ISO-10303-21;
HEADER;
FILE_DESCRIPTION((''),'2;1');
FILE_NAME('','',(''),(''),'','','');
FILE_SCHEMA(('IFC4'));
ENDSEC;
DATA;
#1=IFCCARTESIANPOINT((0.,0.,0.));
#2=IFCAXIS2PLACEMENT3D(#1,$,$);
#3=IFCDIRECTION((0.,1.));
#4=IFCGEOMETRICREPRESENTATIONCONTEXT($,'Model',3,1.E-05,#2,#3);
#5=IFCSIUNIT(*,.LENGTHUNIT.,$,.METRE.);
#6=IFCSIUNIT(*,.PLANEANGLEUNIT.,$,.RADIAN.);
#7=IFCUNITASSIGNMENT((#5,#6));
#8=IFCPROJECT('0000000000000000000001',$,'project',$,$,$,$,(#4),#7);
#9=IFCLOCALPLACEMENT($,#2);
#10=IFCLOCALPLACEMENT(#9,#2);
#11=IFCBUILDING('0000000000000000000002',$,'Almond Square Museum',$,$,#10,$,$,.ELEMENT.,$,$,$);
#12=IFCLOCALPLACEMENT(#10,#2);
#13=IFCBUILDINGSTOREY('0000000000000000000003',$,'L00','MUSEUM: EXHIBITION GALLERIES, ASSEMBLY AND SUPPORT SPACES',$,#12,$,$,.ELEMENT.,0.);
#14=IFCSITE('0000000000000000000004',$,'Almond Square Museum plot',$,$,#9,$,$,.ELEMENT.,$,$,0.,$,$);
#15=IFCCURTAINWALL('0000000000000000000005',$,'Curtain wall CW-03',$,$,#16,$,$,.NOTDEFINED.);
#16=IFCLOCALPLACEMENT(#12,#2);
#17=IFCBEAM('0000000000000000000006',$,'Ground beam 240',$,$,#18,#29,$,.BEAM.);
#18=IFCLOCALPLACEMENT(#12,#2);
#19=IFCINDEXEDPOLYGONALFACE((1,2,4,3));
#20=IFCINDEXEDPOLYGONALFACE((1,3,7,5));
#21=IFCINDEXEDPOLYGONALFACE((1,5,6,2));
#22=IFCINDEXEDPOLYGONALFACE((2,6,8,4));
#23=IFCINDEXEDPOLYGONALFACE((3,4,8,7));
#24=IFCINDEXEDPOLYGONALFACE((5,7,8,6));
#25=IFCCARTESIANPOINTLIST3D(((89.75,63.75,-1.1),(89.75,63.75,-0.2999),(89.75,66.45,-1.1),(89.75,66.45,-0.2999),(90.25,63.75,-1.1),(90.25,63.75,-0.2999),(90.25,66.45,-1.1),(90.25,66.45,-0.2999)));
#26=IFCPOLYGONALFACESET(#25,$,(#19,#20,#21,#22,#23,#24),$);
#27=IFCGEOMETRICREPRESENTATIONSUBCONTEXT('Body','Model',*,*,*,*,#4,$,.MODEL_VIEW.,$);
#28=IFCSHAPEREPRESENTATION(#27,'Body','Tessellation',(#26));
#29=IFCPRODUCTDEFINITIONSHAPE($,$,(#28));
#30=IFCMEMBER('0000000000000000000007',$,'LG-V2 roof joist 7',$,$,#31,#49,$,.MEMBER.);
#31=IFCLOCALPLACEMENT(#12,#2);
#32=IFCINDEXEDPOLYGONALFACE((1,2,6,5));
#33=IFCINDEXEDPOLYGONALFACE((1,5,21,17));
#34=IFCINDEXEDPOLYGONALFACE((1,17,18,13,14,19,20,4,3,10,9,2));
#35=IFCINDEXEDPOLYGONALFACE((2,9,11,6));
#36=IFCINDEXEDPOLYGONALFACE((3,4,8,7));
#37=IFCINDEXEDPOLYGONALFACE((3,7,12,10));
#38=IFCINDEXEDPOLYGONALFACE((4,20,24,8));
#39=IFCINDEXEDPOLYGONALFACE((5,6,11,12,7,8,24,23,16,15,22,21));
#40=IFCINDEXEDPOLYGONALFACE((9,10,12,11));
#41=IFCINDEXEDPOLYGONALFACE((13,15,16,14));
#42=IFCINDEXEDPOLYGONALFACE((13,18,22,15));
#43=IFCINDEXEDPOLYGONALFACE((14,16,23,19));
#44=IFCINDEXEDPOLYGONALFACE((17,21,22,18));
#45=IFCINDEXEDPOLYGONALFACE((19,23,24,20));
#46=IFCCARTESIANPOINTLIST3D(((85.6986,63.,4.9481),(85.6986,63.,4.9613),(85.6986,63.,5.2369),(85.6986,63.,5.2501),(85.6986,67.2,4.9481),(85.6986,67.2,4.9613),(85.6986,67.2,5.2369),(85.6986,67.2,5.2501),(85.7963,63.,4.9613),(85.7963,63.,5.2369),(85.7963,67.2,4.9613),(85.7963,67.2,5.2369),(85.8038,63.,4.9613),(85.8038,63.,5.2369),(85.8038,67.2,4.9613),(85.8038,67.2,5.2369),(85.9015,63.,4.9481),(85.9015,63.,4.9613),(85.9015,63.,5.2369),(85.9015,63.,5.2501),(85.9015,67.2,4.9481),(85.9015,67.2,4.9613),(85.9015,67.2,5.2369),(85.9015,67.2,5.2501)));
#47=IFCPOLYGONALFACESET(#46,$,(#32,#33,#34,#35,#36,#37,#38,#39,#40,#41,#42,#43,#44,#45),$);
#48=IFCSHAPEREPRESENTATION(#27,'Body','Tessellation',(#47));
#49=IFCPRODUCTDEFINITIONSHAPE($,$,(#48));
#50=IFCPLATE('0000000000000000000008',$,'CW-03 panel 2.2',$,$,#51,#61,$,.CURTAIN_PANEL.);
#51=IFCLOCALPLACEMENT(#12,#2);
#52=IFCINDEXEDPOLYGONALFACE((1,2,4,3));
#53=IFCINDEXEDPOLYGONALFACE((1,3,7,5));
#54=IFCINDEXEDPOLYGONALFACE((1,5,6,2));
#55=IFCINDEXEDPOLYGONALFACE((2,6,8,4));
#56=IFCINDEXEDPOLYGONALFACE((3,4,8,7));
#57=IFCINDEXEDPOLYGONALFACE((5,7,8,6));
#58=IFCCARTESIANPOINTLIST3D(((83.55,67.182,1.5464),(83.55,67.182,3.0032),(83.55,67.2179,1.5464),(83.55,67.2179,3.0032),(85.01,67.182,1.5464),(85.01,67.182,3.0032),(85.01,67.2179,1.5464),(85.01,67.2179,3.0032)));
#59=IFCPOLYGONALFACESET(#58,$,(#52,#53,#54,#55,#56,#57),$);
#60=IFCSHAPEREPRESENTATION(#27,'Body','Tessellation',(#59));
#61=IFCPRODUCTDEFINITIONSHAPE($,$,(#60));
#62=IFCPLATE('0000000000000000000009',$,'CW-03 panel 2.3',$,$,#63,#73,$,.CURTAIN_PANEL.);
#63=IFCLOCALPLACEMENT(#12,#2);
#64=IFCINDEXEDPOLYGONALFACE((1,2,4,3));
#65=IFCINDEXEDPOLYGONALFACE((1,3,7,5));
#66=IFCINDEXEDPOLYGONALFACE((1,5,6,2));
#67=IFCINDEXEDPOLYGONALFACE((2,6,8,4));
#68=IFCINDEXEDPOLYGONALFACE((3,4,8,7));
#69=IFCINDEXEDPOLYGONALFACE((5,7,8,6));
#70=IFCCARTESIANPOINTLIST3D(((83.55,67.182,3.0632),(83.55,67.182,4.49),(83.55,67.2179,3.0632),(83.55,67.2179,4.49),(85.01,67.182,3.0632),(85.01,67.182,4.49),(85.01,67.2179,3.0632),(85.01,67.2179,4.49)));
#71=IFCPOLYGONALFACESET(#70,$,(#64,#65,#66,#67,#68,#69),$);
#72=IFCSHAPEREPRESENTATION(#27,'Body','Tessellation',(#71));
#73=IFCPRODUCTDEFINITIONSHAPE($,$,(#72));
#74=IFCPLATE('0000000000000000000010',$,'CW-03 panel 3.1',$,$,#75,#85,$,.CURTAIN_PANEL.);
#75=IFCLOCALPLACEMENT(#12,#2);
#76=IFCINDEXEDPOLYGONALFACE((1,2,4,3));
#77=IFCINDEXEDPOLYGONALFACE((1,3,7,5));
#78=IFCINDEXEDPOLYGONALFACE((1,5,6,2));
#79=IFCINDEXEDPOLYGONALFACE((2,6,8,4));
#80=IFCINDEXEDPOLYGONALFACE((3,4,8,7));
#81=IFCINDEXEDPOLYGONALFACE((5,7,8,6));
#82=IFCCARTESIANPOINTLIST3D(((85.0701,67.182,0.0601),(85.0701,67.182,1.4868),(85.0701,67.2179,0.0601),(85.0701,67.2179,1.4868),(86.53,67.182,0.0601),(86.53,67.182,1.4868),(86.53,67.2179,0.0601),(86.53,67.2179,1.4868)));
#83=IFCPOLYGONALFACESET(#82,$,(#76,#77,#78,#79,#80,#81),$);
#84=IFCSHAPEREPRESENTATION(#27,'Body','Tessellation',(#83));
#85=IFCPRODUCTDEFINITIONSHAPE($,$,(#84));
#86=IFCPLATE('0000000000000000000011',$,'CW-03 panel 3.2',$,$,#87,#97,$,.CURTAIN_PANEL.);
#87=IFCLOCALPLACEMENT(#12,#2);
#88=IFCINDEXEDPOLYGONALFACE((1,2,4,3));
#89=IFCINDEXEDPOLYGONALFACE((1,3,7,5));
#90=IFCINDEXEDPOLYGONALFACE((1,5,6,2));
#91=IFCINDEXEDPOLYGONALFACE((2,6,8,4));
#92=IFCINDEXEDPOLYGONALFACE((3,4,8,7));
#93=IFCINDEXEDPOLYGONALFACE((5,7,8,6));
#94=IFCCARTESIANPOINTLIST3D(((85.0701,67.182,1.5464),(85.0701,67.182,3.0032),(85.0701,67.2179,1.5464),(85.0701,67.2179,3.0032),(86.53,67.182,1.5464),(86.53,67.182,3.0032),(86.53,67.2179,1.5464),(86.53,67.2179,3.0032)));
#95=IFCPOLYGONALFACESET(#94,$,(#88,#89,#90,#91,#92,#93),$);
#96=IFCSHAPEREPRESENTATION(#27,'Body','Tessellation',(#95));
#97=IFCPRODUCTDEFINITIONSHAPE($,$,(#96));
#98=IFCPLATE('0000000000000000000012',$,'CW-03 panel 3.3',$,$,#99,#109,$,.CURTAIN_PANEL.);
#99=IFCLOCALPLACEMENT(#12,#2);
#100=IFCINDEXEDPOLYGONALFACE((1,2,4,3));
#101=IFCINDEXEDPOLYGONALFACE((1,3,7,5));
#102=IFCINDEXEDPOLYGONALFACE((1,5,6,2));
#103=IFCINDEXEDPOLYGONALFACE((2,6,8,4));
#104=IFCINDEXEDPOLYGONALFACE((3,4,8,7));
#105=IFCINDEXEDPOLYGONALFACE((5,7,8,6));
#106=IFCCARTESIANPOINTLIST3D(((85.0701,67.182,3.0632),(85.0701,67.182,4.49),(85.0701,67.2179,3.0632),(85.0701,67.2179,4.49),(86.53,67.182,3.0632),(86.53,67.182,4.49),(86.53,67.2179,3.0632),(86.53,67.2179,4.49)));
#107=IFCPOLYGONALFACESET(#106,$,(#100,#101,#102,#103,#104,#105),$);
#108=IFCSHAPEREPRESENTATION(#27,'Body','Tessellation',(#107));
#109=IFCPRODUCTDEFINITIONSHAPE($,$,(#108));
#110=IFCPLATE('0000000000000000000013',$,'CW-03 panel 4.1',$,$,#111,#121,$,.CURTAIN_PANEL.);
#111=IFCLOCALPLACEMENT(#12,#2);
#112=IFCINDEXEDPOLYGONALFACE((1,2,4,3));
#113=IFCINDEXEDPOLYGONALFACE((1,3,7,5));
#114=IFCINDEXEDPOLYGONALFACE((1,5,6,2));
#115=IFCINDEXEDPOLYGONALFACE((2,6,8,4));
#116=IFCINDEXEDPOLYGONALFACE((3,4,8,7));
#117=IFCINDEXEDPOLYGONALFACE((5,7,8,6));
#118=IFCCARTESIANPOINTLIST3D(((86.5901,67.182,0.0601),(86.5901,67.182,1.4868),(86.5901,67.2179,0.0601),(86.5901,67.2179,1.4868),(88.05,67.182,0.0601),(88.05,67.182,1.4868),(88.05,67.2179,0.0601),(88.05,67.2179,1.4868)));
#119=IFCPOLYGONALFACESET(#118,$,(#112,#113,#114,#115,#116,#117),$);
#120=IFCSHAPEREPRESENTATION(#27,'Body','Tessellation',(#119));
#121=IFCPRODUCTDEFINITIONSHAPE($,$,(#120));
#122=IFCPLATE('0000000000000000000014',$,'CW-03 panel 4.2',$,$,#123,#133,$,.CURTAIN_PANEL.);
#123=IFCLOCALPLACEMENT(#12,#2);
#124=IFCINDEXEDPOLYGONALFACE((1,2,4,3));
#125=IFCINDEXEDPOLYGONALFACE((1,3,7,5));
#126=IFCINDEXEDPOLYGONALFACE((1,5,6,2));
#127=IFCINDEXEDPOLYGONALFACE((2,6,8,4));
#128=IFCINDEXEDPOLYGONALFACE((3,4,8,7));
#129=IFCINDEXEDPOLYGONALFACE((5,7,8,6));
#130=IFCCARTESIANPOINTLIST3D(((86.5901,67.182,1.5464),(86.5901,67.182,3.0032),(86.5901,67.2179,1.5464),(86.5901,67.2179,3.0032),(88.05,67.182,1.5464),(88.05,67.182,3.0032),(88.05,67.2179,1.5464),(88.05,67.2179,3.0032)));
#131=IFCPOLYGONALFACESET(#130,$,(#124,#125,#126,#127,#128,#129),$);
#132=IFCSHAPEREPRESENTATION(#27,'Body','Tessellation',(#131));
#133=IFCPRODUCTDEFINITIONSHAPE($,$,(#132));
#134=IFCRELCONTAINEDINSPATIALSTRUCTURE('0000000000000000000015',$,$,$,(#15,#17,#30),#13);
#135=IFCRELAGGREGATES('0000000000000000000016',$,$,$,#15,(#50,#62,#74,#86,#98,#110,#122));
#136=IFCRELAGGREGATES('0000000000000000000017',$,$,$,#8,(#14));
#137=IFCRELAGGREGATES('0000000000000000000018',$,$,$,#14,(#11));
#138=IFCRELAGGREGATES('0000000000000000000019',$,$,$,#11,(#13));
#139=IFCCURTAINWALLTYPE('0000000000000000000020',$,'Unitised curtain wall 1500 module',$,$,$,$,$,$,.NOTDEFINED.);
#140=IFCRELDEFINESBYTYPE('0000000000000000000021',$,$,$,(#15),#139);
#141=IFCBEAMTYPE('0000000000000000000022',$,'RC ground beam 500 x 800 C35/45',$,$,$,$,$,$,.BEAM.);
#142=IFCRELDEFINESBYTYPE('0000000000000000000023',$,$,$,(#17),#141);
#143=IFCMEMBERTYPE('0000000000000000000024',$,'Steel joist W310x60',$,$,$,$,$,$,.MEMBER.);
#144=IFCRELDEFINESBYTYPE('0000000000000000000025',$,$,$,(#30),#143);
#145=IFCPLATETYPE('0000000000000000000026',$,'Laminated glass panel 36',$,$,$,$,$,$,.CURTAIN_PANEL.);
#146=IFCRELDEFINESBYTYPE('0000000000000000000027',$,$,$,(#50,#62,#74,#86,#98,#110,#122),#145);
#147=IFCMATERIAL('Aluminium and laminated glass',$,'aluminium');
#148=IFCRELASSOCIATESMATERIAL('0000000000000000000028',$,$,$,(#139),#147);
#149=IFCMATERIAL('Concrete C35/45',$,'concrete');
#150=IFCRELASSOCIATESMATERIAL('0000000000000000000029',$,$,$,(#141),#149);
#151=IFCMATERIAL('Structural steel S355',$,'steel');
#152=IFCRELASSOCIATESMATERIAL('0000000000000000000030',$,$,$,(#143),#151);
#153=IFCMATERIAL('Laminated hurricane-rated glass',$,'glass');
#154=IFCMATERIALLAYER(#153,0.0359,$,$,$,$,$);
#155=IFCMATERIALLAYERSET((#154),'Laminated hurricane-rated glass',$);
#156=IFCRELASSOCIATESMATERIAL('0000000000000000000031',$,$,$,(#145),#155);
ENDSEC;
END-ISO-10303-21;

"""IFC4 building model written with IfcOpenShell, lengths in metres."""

from ifc_helpers import new_model, si_unit, direction, frame, origin, origin_2d, place, context, subcontext, project, spatial, rectangle, i_section, extrude, material, layer, layer_set, material_profile, profile_set, type_object, element, aggregate, save


model = new_model("IFC4")

# Units and contexts
model_context = context("Model", 3, precision=1e-05, world=origin(), true_north=direction((0.0, 1.0)))
body_context = subcontext(model_context, "Body", "Model", "MODEL_VIEW")
ifc_project = project(units=[si_unit("LENGTHUNIT", "METRE"), si_unit("PLANEANGLEUNIT", "RADIAN")], contexts=[model_context])

# Site, building, storey
site_placement = place(None, origin())
site = spatial("IfcSite", under=ifc_project, at=site_placement, Name="Almond Square Museum plot", CompositionType="ELEMENT", RefElevation=0.0)
building_placement = place(site_placement, origin())
building = spatial("IfcBuilding", under=site, at=building_placement, Name="Almond Square Museum", CompositionType="ELEMENT")
storey_placement = place(building_placement, origin())
storey = spatial("IfcBuildingStorey", under=building, at=storey_placement, Name="L00", Description="MUSEUM: EXHIBITION GALLERIES, ASSEMBLY AND SUPPORT SPACES", CompositionType="ELEMENT", Elevation=0.0)

# Curtain wall
ifc_material_1 = material(Name="Aluminium and laminated glass", Category="aluminium")
curtain_wall_type = type_object("IfcCurtainWallType", Name="Unitised curtain wall 1500 module", PredefinedType="NOTDEFINED", material=ifc_material_1)
curtain_wall_placement = place(storey_placement, origin())
curtain_wall = element("IfcCurtainWall", 1, at=curtain_wall_placement, inside=storey, type_object=curtain_wall_type, Name="Curtain wall CW-03", PredefinedType="NOTDEFINED")

# Beam
ifc_material_2 = material(Name="Concrete C35/45", Category="concrete")
ifc_material_profile_1 = material_profile(ifc_material_2, rectangle(XDim=0.5, YDim=0.8, at=origin_2d()))
ifc_profile_set_1 = profile_set([ifc_material_profile_1], Name="Concrete C35/45")
beam_type_1 = type_object("IfcBeamType", Name="RC ground beam 500 x 800 C35/45", PredefinedType="BEAM", material=ifc_profile_set_1)
beam_1_placement = place(storey_placement, frame((90.0, 63.75, -0.7), z_axis=(0.0, 1.0, 0.0), x_axis=(-1.0, 0.0, 0.0)))
element("IfcBeam", 2, at=beam_1_placement, inside=storey, type_object=beam_type_1, Name="Ground beam 240", PredefinedType="BEAM", context=body_context, shape_type="SweptSolid", body=[
    extrude(rectangle(XDim=0.5, YDim=0.8, at=origin_2d()), origin(), (0.0, 0.0, 1.0), 2.7),
])

# Member
ifc_material_3 = material(Name="Structural steel S355", Category="steel")
ifc_material_profile_2 = material_profile(ifc_material_3, i_section(OverallWidth=0.2029, OverallDepth=0.302, WebThickness=0.0076, FlangeThickness=0.0132, at=origin_2d()))
ifc_profile_set_2 = profile_set([ifc_material_profile_2], Name="Structural steel S355")
member_type_1 = type_object("IfcMemberType", Name="Steel joist W310x60", PredefinedType="MEMBER", material=ifc_profile_set_2)
member_1_placement = place(storey_placement, frame((85.8, 67.2, 5.0991), z_axis=(0.0, -1.0, 0.0), x_axis=(1.0, 0.0, 0.0)))
element("IfcMember", 3, at=member_1_placement, inside=storey, type_object=member_type_1, Name="LG-V2 roof joist 7", PredefinedType="MEMBER", context=body_context, shape_type="SweptSolid", body=[
    extrude(i_section(OverallWidth=0.2029, OverallDepth=0.302, WebThickness=0.0076, FlangeThickness=0.0132, at=origin_2d()), origin(), (0.0, 0.0, 1.0), 4.2),
])

# Plates
ifc_material_4 = material(Name="Laminated hurricane-rated glass", Category="glass")
ifc_layer = layer(ifc_material_4, 0.0359)
ifc_layer_set = layer_set([ifc_layer], Name="Laminated hurricane-rated glass")
plate_type = type_object("IfcPlateType", Name="Laminated glass panel 36", PredefinedType="CURTAIN_PANEL", material=ifc_layer_set)
plate_1_placement = place(storey_placement, frame((84.28, 67.2, 1.5464), z_axis=(0.0, 0.0, 1.0), x_axis=(1.0, 0.0, 0.0)))
plate_1 = element("IfcPlate", 4, at=plate_1_placement, type_object=plate_type, Name="CW-03 panel 2.2", PredefinedType="CURTAIN_PANEL", context=body_context, shape_type="SweptSolid", body=[
    extrude(rectangle(XDim=1.46, YDim=0.0359, at=origin_2d()), origin(), (0.0, 0.0, 1.0), 1.4568),
])
plate_2_placement = place(storey_placement, frame((84.28, 67.2, 3.0632), z_axis=(0.0, 0.0, 1.0), x_axis=(1.0, 0.0, 0.0)))
plate_2 = element("IfcPlate", 5, at=plate_2_placement, type_object=plate_type, Name="CW-03 panel 2.3", PredefinedType="CURTAIN_PANEL", context=body_context, shape_type="SweptSolid", body=[
    extrude(rectangle(XDim=1.46, YDim=0.0359, at=origin_2d()), origin(), (0.0, 0.0, 1.0), 1.4268),
])
plate_3_placement = place(storey_placement, frame((85.8, 67.2, 0.0601), z_axis=(0.0, 0.0, 1.0), x_axis=(1.0, 0.0, 0.0)))
plate_3 = element("IfcPlate", 6, at=plate_3_placement, type_object=plate_type, Name="CW-03 panel 3.1", PredefinedType="CURTAIN_PANEL", context=body_context, shape_type="SweptSolid", body=[
    extrude(rectangle(XDim=1.46, YDim=0.0359, at=origin_2d()), origin(), (0.0, 0.0, 1.0), 1.4268),
])
plate_4_placement = place(storey_placement, frame((85.8, 67.2, 1.5464), z_axis=(0.0, 0.0, 1.0), x_axis=(1.0, 0.0, 0.0)))
plate_4 = element("IfcPlate", 7, at=plate_4_placement, type_object=plate_type, Name="CW-03 panel 3.2", PredefinedType="CURTAIN_PANEL", context=body_context, shape_type="SweptSolid", body=[
    extrude(rectangle(XDim=1.46, YDim=0.0359, at=origin_2d()), origin(), (0.0, 0.0, 1.0), 1.4568),
])
plate_5_placement = place(storey_placement, frame((85.8, 67.2, 3.0632), z_axis=(0.0, 0.0, 1.0), x_axis=(1.0, 0.0, 0.0)))
plate_5 = element("IfcPlate", 8, at=plate_5_placement, type_object=plate_type, Name="CW-03 panel 3.3", PredefinedType="CURTAIN_PANEL", context=body_context, shape_type="SweptSolid", body=[
    extrude(rectangle(XDim=1.46, YDim=0.0359, at=origin_2d()), origin(), (0.0, 0.0, 1.0), 1.4268),
])
plate_6_placement = place(storey_placement, frame((87.3201, 67.2, 0.0601), z_axis=(0.0, 0.0, 1.0), x_axis=(1.0, 0.0, 0.0)))
plate_6 = element("IfcPlate", 9, at=plate_6_placement, type_object=plate_type, Name="CW-03 panel 4.1", PredefinedType="CURTAIN_PANEL", context=body_context, shape_type="SweptSolid", body=[
    extrude(rectangle(XDim=1.46, YDim=0.0359, at=origin_2d()), origin(), (0.0, 0.0, 1.0), 1.4268),
])
plate_7_placement = place(storey_placement, frame((87.3201, 67.2, 1.5464), z_axis=(0.0, 0.0, 1.0), x_axis=(1.0, 0.0, 0.0)))
plate_7 = element("IfcPlate", 10, at=plate_7_placement, type_object=plate_type, Name="CW-03 panel 4.2", PredefinedType="CURTAIN_PANEL", context=body_context, shape_type="SweptSolid", body=[
    extrude(rectangle(XDim=1.46, YDim=0.0359, at=origin_2d()), origin(), (0.0, 0.0, 1.0), 1.4568),
])
aggregate(curtain_wall, [plate_1, plate_2, plate_3, plate_4, plate_5, plate_6, plate_7])

save(model, "model.ifc")
